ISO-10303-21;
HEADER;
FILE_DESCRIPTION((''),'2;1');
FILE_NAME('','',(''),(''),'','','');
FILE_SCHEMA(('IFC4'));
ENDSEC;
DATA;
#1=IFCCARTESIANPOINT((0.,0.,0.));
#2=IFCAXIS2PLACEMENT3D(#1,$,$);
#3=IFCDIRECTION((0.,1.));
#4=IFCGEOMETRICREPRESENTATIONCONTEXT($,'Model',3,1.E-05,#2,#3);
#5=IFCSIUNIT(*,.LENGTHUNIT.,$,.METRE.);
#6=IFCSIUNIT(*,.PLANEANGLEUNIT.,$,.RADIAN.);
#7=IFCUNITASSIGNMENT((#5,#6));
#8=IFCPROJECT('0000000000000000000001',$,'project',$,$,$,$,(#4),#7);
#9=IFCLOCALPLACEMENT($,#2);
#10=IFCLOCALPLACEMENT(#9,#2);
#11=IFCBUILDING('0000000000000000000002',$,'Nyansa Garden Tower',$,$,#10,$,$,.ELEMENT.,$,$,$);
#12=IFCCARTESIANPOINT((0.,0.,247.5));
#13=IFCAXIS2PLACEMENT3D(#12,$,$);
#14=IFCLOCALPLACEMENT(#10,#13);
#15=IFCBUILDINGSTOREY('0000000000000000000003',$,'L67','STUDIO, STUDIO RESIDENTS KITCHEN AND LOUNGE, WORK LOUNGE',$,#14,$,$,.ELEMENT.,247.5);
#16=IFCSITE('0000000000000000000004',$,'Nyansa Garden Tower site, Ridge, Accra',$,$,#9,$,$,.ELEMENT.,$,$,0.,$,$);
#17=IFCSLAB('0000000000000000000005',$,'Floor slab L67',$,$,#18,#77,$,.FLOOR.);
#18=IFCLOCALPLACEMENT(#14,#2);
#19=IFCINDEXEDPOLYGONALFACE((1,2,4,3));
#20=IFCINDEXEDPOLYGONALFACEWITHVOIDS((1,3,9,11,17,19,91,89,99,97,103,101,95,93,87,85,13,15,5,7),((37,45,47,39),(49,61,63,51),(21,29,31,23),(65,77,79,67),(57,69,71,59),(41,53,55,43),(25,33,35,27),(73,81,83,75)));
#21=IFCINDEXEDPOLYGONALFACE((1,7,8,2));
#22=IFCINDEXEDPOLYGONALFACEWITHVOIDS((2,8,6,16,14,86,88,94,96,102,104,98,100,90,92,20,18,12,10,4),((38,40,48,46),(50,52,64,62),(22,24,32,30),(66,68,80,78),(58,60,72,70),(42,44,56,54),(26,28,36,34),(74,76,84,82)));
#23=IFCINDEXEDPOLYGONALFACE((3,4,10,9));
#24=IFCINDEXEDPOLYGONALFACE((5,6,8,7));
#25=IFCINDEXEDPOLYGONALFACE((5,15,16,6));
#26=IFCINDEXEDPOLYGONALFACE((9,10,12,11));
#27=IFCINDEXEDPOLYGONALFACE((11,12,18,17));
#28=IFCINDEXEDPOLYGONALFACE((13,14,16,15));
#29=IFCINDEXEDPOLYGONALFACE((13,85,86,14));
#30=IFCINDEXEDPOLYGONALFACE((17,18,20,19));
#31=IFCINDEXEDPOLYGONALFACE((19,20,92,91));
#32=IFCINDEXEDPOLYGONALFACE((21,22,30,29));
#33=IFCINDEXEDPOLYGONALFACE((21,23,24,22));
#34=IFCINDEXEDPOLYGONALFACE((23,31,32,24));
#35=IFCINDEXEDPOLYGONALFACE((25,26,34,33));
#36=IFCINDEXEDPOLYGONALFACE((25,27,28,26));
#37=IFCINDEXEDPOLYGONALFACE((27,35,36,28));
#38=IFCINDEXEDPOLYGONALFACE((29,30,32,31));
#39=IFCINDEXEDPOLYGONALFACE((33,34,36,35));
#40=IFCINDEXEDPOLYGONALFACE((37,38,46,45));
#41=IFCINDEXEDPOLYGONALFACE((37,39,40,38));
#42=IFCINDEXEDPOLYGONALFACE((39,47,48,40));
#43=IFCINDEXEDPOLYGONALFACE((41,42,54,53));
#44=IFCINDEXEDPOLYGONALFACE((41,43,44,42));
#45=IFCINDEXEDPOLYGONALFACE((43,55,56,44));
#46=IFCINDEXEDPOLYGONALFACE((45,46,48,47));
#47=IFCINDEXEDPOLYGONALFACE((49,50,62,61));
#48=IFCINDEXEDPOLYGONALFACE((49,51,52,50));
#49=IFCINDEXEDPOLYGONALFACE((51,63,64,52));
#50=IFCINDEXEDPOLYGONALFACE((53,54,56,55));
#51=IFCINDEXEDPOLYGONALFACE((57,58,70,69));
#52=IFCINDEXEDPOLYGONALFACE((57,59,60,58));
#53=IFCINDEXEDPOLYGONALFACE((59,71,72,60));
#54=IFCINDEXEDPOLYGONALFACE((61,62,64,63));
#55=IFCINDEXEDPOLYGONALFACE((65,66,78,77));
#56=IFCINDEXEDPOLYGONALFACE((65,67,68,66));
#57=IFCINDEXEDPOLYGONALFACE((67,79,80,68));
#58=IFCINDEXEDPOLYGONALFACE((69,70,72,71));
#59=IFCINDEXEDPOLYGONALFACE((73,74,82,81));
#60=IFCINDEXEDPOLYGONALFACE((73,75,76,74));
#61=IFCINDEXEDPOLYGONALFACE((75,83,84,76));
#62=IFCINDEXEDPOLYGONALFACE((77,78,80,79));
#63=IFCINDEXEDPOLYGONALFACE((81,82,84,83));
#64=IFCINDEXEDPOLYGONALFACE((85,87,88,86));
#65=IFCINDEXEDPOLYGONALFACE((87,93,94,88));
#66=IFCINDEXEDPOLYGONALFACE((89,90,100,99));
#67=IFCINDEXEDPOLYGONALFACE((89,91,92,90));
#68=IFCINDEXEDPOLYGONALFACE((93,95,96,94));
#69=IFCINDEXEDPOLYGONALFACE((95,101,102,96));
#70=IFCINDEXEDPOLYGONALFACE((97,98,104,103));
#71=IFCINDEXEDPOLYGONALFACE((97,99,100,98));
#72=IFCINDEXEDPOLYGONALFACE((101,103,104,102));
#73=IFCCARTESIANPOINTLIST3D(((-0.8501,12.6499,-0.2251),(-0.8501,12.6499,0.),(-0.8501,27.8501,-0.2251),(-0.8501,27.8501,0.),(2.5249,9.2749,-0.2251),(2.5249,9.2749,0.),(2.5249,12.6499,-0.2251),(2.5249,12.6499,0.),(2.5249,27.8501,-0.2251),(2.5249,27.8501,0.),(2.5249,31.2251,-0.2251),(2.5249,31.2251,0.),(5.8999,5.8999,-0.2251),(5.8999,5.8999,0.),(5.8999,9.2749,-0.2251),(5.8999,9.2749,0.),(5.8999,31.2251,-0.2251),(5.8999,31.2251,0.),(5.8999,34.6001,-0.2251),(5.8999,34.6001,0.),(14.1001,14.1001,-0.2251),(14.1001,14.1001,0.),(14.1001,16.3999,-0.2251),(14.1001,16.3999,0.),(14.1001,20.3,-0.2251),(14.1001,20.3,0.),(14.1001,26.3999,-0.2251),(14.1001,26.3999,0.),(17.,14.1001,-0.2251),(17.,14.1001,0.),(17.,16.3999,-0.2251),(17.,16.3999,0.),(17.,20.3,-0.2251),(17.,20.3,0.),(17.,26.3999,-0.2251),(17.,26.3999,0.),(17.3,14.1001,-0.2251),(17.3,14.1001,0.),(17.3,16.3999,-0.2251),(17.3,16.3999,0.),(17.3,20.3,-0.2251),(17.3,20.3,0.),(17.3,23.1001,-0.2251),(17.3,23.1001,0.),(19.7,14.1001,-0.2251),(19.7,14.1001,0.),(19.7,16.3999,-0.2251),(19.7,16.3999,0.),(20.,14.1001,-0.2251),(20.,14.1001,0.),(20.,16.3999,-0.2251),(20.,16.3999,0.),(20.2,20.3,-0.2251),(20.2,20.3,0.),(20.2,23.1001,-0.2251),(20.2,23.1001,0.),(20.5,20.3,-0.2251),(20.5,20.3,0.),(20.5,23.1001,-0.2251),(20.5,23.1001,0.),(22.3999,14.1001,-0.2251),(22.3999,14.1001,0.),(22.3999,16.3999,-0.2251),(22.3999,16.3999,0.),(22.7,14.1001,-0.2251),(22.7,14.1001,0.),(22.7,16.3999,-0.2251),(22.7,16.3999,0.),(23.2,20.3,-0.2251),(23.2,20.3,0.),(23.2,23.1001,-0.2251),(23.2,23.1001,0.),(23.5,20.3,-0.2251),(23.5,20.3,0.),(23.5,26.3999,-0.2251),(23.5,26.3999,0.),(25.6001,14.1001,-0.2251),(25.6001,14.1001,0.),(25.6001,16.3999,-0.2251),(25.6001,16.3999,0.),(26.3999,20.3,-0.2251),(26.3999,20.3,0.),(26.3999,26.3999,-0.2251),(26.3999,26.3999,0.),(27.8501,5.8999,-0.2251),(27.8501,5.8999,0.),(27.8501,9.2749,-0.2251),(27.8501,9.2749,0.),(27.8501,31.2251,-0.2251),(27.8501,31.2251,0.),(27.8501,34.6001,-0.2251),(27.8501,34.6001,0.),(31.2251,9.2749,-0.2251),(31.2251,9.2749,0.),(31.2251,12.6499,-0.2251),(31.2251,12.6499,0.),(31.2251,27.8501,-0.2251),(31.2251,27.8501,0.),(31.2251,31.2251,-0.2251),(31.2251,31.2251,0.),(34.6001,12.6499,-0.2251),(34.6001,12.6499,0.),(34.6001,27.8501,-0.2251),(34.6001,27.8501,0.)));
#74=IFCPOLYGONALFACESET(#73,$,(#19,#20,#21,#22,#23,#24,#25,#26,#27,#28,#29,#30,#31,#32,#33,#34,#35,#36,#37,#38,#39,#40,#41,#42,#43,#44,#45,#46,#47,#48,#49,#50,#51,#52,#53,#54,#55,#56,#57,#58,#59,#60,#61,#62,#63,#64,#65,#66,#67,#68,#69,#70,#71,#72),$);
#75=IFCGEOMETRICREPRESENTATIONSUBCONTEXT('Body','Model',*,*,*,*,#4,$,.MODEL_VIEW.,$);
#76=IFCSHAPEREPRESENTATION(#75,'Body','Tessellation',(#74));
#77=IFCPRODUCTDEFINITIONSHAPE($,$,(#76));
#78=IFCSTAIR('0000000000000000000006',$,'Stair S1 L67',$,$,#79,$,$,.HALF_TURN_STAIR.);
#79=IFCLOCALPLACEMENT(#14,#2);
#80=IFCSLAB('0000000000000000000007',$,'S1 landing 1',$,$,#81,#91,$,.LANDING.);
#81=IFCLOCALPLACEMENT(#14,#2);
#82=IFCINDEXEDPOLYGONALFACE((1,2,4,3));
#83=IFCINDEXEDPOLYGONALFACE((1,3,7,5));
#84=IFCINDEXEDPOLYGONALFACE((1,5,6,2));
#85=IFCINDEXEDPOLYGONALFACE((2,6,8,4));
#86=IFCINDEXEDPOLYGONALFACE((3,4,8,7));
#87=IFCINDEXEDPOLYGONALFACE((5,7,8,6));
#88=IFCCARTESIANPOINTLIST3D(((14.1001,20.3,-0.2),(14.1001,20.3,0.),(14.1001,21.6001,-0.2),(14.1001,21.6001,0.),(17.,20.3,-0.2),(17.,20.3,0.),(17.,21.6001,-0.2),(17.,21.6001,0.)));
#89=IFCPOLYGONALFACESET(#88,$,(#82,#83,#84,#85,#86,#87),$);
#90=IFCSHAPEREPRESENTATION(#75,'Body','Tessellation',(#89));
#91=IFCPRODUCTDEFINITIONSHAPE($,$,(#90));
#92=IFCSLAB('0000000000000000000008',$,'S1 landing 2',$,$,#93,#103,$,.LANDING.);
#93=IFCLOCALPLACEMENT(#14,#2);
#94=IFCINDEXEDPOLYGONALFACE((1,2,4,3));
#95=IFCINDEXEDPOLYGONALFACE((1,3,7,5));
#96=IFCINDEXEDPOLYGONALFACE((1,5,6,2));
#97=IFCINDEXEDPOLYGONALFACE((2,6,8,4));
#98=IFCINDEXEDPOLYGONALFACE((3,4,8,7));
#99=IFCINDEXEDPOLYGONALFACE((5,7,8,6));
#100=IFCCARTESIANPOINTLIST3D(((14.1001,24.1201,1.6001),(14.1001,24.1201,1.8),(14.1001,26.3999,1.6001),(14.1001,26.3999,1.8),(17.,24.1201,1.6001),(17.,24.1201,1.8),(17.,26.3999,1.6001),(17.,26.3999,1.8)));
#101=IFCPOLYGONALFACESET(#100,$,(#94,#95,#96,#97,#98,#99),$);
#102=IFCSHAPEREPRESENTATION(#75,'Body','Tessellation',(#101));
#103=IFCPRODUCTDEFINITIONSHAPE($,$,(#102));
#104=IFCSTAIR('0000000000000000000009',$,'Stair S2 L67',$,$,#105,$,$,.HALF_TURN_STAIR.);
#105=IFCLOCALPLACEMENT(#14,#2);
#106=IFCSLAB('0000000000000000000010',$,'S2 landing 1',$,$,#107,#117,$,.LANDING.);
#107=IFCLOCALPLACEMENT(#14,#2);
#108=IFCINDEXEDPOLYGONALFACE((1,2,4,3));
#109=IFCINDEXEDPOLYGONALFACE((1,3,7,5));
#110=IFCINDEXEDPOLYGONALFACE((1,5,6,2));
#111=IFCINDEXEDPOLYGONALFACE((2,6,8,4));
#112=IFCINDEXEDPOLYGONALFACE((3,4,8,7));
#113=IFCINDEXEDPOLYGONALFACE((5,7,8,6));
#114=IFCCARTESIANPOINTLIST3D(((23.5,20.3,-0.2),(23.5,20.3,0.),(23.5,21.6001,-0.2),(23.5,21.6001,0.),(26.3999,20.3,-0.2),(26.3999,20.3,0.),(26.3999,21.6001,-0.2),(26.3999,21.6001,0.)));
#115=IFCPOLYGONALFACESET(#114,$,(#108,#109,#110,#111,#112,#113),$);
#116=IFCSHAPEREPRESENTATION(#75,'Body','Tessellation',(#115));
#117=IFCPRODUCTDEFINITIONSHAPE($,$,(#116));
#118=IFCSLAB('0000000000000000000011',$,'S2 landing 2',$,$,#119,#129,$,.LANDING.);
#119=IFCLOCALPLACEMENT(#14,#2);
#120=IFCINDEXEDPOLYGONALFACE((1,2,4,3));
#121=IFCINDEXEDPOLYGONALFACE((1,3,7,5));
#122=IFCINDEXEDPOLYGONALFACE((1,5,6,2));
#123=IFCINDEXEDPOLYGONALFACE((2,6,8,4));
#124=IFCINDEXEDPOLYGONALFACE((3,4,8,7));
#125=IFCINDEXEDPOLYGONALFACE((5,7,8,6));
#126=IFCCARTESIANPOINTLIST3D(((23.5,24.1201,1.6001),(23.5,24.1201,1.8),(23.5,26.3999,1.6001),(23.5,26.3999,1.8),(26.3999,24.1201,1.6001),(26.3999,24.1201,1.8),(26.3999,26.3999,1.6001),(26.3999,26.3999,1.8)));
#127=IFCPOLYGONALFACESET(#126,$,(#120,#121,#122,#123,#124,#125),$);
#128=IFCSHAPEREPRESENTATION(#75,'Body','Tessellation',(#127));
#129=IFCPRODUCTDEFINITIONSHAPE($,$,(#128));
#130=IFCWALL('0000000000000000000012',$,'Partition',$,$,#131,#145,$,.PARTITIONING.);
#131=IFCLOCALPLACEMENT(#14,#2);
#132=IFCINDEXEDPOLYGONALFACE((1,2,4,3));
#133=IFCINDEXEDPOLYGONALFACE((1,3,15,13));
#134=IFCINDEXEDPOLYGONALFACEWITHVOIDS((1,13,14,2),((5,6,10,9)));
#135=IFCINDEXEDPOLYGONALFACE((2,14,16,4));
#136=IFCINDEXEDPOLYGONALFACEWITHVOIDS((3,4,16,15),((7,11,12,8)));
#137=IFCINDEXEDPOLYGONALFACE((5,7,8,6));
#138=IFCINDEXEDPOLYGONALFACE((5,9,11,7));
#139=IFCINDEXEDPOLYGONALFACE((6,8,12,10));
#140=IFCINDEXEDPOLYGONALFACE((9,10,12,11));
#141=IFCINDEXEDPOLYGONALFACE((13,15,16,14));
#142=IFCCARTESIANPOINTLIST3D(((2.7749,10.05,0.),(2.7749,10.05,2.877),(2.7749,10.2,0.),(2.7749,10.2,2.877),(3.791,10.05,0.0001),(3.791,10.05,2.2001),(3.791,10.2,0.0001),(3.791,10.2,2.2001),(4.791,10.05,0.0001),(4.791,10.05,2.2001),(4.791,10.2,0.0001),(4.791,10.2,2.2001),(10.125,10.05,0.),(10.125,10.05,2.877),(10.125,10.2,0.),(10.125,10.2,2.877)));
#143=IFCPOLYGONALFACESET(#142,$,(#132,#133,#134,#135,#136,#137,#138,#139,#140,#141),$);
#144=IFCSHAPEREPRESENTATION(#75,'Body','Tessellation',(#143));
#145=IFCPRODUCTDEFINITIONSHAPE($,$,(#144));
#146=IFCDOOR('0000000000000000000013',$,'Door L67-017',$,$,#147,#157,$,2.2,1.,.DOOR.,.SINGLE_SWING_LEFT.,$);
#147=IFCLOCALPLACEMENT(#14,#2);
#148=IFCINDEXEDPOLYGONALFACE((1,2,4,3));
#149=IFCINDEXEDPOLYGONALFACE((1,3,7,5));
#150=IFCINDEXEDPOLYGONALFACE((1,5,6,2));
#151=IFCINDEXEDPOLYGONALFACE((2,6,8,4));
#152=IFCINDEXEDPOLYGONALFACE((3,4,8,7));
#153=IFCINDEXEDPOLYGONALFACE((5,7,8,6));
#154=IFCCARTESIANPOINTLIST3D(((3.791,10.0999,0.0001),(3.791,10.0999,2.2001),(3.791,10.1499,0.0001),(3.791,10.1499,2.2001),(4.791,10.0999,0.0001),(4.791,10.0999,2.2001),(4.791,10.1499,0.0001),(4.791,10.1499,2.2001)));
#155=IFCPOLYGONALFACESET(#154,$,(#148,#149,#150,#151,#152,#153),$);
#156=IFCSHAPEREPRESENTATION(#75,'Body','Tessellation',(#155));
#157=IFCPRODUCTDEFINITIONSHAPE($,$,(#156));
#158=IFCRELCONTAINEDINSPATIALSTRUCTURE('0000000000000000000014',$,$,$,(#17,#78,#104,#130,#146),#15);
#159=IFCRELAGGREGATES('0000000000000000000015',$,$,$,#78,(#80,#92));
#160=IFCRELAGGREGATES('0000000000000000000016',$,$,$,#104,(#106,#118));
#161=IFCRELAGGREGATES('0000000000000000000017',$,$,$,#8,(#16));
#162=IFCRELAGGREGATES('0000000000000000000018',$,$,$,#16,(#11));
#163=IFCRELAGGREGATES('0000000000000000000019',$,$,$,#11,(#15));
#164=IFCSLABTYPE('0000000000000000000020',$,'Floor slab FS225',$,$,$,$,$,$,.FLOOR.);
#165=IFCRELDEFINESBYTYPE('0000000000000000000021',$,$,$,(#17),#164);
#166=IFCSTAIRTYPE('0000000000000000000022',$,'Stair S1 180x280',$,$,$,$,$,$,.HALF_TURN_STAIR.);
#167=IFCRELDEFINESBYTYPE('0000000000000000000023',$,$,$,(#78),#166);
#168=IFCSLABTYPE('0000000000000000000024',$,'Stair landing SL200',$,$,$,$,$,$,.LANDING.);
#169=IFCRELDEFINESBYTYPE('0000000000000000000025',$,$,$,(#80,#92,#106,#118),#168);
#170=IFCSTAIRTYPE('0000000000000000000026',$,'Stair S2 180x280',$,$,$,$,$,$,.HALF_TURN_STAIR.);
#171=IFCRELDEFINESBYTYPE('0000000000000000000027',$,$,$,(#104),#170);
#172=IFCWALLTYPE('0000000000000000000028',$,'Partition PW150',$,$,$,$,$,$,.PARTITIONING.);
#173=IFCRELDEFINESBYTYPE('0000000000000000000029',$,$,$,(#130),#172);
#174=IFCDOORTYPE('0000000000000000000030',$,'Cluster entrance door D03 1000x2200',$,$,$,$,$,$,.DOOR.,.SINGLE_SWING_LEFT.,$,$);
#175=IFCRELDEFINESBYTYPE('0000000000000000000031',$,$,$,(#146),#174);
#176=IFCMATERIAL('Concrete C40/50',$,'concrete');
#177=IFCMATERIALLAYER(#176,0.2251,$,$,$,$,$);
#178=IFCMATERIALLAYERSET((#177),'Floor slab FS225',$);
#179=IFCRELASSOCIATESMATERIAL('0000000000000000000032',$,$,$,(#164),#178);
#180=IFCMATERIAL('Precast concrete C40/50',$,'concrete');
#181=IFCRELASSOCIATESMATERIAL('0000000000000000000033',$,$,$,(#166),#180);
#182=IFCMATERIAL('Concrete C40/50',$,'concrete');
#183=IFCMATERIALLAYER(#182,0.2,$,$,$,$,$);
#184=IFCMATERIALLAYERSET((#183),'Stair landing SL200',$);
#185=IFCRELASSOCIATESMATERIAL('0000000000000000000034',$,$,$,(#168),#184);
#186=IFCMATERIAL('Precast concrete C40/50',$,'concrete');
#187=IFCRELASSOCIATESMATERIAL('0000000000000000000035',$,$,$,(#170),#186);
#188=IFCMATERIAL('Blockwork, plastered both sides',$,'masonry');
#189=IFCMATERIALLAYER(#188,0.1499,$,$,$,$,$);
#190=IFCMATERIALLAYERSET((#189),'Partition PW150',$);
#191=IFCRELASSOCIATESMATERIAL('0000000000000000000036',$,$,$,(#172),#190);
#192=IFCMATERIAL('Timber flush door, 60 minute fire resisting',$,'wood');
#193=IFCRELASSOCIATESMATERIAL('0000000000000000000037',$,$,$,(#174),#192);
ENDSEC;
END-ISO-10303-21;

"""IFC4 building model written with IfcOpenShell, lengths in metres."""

from ifc_helpers import new_model, si_unit, direction, frame, frame_2d, origin, place, context, subcontext, project, spatial, polyline, rectangle, outline, extrude, material, layer, layer_set, type_object, element, fill, aggregate, save


model = new_model("IFC4")

# Units and contexts
model_context = context("Model", 3, precision=1e-05, world=origin(), true_north=direction((0.0, 1.0)))
body_context = subcontext(model_context, "Body", "Model", "MODEL_VIEW")
ifc_project = project(units=[si_unit("LENGTHUNIT", "METRE"), si_unit("PLANEANGLEUNIT", "RADIAN")], contexts=[model_context])

# Site, building, storey
site_placement = place(None, origin())
site = spatial("IfcSite", under=ifc_project, at=site_placement, Name="Nyansa Garden Tower site, Ridge, Accra", CompositionType="ELEMENT", RefElevation=0.0)
building_placement = place(site_placement, origin())
building = spatial("IfcBuilding", under=site, at=building_placement, Name="Nyansa Garden Tower", CompositionType="ELEMENT")
storey_placement = place(building_placement, frame((0.0, 0.0, 247.5)))
storey = spatial("IfcBuildingStorey", under=building, at=storey_placement, Name="L67", Description="STUDIO, STUDIO RESIDENTS KITCHEN AND LOUNGE, WORK LOUNGE", CompositionType="ELEMENT", Elevation=247.5)

# Slab
ifc_material_1 = material(Name="Concrete C40/50", Category="concrete")
ifc_layer_1 = layer(ifc_material_1, 0.2251)
ifc_layer_set_1 = layer_set([ifc_layer_1], Name="Floor slab FS225")
slab_type_1 = type_object("IfcSlabType", Name="Floor slab FS225", PredefinedType="FLOOR", material=ifc_layer_set_1)
slab_1_placement = place(storey_placement, frame((0.0, 0.0, -0.2251)))
element("IfcSlab", 1, at=slab_1_placement, inside=storey, type_object=slab_type_1, Name="Floor slab L67", PredefinedType="FLOOR", context=body_context, shape_type="SweptSolid", body=[
    extrude(outline(polyline([(34.6001, 12.6499), (31.2251, 12.6499), (31.2251, 9.2749), (27.8501, 9.2749), (27.8501, 5.8999), (5.8999, 5.8999), (5.8999, 9.2749), (2.5249, 9.2749), (2.5249, 12.6499), (-0.8501, 12.6499), (-0.8501, 27.8501), (2.5249, 27.8501), (2.5249, 31.2251), (5.8999, 31.2251), (5.8999, 34.6001), (27.8501, 34.6001), (27.8501, 31.2251), (31.2251, 31.2251), (31.2251, 27.8501), (34.6001, 27.8501), (34.6001, 12.6499)]), holes=[polyline([(14.1001, 14.1001), (17.0, 14.1001), (17.0, 16.3999), (14.1001, 16.3999), (14.1001, 14.1001)]), polyline([(17.3, 14.1001), (19.7, 14.1001), (19.7, 16.3999), (17.3, 16.3999), (17.3, 14.1001)]), polyline([(20.0, 14.1001), (22.3999, 14.1001), (22.3999, 16.3999), (20.0, 16.3999), (20.0, 14.1001)]), polyline([(22.7, 14.1001), (25.6001, 14.1001), (25.6001, 16.3999), (22.7, 16.3999), (22.7, 14.1001)]), polyline([(17.3, 20.3), (20.2, 20.3), (20.2, 23.1001), (17.3, 23.1001), (17.3, 20.3)]), polyline([(20.5, 20.3), (23.2, 20.3), (23.2, 23.1001), (20.5, 23.1001), (20.5, 20.3)]), polyline([(14.1001, 20.3), (17.0, 20.3), (17.0, 26.3999), (14.1001, 26.3999), (14.1001, 20.3)]), polyline([(23.5, 20.3), (26.3999, 20.3), (26.3999, 26.3999), (23.5, 26.3999), (23.5, 20.3)])]), origin(), (0.0, 0.0, 1.0), 0.2251),
])

# Stairs, slabs
ifc_material_2 = material(Name="Precast concrete C40/50", Category="concrete")
stair_type_1 = type_object("IfcStairType", Name="Stair S1 180x280", PredefinedType="HALF_TURN_STAIR", material=ifc_material_2)
stair_1_placement = place(storey_placement, origin())
stair_1 = element("IfcStair", 2, at=stair_1_placement, inside=storey, type_object=stair_type_1, Name="Stair S1 L67", PredefinedType="HALF_TURN_STAIR")
ifc_material_3 = material(Name="Concrete C40/50", Category="concrete")
ifc_layer_2 = layer(ifc_material_3, 0.2)
ifc_layer_set_2 = layer_set([ifc_layer_2], Name="Stair landing SL200")
slab_type_2 = type_object("IfcSlabType", Name="Stair landing SL200", PredefinedType="LANDING", material=ifc_layer_set_2)
slab_2_placement = place(storey_placement, frame((0.0, 0.0, -0.2)))
slab_2 = element("IfcSlab", 3, at=slab_2_placement, type_object=slab_type_2, Name="S1 landing 1", PredefinedType="LANDING", context=body_context, shape_type="SweptSolid", body=[
    extrude(outline(polyline([(14.1001, 20.3), (17.0, 20.3), (17.0, 21.6001), (14.1001, 21.6001), (14.1001, 20.3)])), origin(), (0.0, 0.0, 1.0), 0.2),
])
slab_3_placement = place(storey_placement, frame((0.0, 0.0, 1.6001)))
slab_3 = element("IfcSlab", 4, at=slab_3_placement, type_object=slab_type_2, Name="S1 landing 2", PredefinedType="LANDING", context=body_context, shape_type="SweptSolid", body=[
    extrude(outline(polyline([(14.1001, 24.1201), (17.0, 24.1201), (17.0, 26.3999), (14.1001, 26.3999), (14.1001, 24.1201)])), origin(), (0.0, 0.0, 1.0), 0.2),
])
aggregate(stair_1, [slab_2, slab_3])
ifc_material_4 = material(Name="Precast concrete C40/50", Category="concrete")
stair_type_2 = type_object("IfcStairType", Name="Stair S2 180x280", PredefinedType="HALF_TURN_STAIR", material=ifc_material_4)
stair_2_placement = place(storey_placement, origin())
stair_2 = element("IfcStair", 5, at=stair_2_placement, inside=storey, type_object=stair_type_2, Name="Stair S2 L67", PredefinedType="HALF_TURN_STAIR")
slab_4_placement = place(storey_placement, frame((0.0, 0.0, -0.2)))
slab_4 = element("IfcSlab", 6, at=slab_4_placement, type_object=slab_type_2, Name="S2 landing 1", PredefinedType="LANDING", context=body_context, shape_type="SweptSolid", body=[
    extrude(outline(polyline([(23.5, 20.3), (26.3999, 20.3), (26.3999, 21.6001), (23.5, 21.6001), (23.5, 20.3)])), origin(), (0.0, 0.0, 1.0), 0.2),
])
slab_5_placement = place(storey_placement, frame((0.0, 0.0, 1.6001)))
slab_5 = element("IfcSlab", 7, at=slab_5_placement, type_object=slab_type_2, Name="S2 landing 2", PredefinedType="LANDING", context=body_context, shape_type="SweptSolid", body=[
    extrude(outline(polyline([(23.5, 24.1201), (26.3999, 24.1201), (26.3999, 26.3999), (23.5, 26.3999), (23.5, 24.1201)])), origin(), (0.0, 0.0, 1.0), 0.2),
])
aggregate(stair_2, [slab_4, slab_5])

# Wall, opening, door
ifc_material_5 = material(Name="Blockwork, plastered both sides", Category="masonry")
ifc_layer_3 = layer(ifc_material_5, 0.1499)
ifc_layer_set_3 = layer_set([ifc_layer_3], Name="Partition PW150")
wall_type_1 = type_object("IfcWallType", Name="Partition PW150", PredefinedType="PARTITIONING", material=ifc_layer_set_3)
wall_1_placement = place(storey_placement, frame((2.7749, 10.125, 0.0), z_axis=(0.0, 0.0, 1.0), x_axis=(1.0, 0.0, 0.0)))
wall_1 = element("IfcWall", 8, at=wall_1_placement, inside=storey, type_object=wall_type_1, Name="Partition", PredefinedType="PARTITIONING", context=body_context, shape_type="SweptSolid", body=[
    extrude(rectangle(XDim=7.3501, YDim=0.1499, at=frame_2d((3.675, 0.0))), origin(), (0.0, 0.0, 1.0), 2.877),
])
opening_1_placement = place(wall_1_placement, frame((1.0161, 0.0, 0.0)))
opening_1 = element("IfcOpeningElement", 9, at=opening_1_placement, cuts=wall_1, PredefinedType="OPENING", context=body_context, shape_type="SweptSolid", body=[
    extrude(rectangle(XDim=1.0, YDim=2.2, at=frame_2d((0.5, 1.1001))), frame((0.0, 0.085, 0.0), z_axis=(0.0, -1.0, 0.0), x_axis=(1.0, 0.0, 0.0)), (0.0, 0.0, 1.0), 0.1699),
])
ifc_material_6 = material(Name="Timber flush door, 60 minute fire resisting", Category="wood")
door_type = type_object("IfcDoorType", Name="Cluster entrance door D03 1000x2200", OperationType="SINGLE_SWING_LEFT", PredefinedType="DOOR", material=ifc_material_6)
door_placement = place(opening_1_placement, origin())
door = element("IfcDoor", 10, at=door_placement, inside=storey, type_object=door_type, Name="Door L67-017", OperationType="SINGLE_SWING_LEFT", OverallHeight=2.2, OverallWidth=1.0, PredefinedType="DOOR", context=body_context, shape_type="SweptSolid", body=[
    extrude(rectangle(XDim=1.0, YDim=2.2, at=frame_2d((0.5, 1.1001))), frame((0.0, 0.0249, 0.0), z_axis=(0.0, -1.0, 0.0), x_axis=(1.0, 0.0, 0.0)), (0.0, 0.0, 1.0), 0.05),
])
fill(opening_1, door)

save(model, "model.ifc")
